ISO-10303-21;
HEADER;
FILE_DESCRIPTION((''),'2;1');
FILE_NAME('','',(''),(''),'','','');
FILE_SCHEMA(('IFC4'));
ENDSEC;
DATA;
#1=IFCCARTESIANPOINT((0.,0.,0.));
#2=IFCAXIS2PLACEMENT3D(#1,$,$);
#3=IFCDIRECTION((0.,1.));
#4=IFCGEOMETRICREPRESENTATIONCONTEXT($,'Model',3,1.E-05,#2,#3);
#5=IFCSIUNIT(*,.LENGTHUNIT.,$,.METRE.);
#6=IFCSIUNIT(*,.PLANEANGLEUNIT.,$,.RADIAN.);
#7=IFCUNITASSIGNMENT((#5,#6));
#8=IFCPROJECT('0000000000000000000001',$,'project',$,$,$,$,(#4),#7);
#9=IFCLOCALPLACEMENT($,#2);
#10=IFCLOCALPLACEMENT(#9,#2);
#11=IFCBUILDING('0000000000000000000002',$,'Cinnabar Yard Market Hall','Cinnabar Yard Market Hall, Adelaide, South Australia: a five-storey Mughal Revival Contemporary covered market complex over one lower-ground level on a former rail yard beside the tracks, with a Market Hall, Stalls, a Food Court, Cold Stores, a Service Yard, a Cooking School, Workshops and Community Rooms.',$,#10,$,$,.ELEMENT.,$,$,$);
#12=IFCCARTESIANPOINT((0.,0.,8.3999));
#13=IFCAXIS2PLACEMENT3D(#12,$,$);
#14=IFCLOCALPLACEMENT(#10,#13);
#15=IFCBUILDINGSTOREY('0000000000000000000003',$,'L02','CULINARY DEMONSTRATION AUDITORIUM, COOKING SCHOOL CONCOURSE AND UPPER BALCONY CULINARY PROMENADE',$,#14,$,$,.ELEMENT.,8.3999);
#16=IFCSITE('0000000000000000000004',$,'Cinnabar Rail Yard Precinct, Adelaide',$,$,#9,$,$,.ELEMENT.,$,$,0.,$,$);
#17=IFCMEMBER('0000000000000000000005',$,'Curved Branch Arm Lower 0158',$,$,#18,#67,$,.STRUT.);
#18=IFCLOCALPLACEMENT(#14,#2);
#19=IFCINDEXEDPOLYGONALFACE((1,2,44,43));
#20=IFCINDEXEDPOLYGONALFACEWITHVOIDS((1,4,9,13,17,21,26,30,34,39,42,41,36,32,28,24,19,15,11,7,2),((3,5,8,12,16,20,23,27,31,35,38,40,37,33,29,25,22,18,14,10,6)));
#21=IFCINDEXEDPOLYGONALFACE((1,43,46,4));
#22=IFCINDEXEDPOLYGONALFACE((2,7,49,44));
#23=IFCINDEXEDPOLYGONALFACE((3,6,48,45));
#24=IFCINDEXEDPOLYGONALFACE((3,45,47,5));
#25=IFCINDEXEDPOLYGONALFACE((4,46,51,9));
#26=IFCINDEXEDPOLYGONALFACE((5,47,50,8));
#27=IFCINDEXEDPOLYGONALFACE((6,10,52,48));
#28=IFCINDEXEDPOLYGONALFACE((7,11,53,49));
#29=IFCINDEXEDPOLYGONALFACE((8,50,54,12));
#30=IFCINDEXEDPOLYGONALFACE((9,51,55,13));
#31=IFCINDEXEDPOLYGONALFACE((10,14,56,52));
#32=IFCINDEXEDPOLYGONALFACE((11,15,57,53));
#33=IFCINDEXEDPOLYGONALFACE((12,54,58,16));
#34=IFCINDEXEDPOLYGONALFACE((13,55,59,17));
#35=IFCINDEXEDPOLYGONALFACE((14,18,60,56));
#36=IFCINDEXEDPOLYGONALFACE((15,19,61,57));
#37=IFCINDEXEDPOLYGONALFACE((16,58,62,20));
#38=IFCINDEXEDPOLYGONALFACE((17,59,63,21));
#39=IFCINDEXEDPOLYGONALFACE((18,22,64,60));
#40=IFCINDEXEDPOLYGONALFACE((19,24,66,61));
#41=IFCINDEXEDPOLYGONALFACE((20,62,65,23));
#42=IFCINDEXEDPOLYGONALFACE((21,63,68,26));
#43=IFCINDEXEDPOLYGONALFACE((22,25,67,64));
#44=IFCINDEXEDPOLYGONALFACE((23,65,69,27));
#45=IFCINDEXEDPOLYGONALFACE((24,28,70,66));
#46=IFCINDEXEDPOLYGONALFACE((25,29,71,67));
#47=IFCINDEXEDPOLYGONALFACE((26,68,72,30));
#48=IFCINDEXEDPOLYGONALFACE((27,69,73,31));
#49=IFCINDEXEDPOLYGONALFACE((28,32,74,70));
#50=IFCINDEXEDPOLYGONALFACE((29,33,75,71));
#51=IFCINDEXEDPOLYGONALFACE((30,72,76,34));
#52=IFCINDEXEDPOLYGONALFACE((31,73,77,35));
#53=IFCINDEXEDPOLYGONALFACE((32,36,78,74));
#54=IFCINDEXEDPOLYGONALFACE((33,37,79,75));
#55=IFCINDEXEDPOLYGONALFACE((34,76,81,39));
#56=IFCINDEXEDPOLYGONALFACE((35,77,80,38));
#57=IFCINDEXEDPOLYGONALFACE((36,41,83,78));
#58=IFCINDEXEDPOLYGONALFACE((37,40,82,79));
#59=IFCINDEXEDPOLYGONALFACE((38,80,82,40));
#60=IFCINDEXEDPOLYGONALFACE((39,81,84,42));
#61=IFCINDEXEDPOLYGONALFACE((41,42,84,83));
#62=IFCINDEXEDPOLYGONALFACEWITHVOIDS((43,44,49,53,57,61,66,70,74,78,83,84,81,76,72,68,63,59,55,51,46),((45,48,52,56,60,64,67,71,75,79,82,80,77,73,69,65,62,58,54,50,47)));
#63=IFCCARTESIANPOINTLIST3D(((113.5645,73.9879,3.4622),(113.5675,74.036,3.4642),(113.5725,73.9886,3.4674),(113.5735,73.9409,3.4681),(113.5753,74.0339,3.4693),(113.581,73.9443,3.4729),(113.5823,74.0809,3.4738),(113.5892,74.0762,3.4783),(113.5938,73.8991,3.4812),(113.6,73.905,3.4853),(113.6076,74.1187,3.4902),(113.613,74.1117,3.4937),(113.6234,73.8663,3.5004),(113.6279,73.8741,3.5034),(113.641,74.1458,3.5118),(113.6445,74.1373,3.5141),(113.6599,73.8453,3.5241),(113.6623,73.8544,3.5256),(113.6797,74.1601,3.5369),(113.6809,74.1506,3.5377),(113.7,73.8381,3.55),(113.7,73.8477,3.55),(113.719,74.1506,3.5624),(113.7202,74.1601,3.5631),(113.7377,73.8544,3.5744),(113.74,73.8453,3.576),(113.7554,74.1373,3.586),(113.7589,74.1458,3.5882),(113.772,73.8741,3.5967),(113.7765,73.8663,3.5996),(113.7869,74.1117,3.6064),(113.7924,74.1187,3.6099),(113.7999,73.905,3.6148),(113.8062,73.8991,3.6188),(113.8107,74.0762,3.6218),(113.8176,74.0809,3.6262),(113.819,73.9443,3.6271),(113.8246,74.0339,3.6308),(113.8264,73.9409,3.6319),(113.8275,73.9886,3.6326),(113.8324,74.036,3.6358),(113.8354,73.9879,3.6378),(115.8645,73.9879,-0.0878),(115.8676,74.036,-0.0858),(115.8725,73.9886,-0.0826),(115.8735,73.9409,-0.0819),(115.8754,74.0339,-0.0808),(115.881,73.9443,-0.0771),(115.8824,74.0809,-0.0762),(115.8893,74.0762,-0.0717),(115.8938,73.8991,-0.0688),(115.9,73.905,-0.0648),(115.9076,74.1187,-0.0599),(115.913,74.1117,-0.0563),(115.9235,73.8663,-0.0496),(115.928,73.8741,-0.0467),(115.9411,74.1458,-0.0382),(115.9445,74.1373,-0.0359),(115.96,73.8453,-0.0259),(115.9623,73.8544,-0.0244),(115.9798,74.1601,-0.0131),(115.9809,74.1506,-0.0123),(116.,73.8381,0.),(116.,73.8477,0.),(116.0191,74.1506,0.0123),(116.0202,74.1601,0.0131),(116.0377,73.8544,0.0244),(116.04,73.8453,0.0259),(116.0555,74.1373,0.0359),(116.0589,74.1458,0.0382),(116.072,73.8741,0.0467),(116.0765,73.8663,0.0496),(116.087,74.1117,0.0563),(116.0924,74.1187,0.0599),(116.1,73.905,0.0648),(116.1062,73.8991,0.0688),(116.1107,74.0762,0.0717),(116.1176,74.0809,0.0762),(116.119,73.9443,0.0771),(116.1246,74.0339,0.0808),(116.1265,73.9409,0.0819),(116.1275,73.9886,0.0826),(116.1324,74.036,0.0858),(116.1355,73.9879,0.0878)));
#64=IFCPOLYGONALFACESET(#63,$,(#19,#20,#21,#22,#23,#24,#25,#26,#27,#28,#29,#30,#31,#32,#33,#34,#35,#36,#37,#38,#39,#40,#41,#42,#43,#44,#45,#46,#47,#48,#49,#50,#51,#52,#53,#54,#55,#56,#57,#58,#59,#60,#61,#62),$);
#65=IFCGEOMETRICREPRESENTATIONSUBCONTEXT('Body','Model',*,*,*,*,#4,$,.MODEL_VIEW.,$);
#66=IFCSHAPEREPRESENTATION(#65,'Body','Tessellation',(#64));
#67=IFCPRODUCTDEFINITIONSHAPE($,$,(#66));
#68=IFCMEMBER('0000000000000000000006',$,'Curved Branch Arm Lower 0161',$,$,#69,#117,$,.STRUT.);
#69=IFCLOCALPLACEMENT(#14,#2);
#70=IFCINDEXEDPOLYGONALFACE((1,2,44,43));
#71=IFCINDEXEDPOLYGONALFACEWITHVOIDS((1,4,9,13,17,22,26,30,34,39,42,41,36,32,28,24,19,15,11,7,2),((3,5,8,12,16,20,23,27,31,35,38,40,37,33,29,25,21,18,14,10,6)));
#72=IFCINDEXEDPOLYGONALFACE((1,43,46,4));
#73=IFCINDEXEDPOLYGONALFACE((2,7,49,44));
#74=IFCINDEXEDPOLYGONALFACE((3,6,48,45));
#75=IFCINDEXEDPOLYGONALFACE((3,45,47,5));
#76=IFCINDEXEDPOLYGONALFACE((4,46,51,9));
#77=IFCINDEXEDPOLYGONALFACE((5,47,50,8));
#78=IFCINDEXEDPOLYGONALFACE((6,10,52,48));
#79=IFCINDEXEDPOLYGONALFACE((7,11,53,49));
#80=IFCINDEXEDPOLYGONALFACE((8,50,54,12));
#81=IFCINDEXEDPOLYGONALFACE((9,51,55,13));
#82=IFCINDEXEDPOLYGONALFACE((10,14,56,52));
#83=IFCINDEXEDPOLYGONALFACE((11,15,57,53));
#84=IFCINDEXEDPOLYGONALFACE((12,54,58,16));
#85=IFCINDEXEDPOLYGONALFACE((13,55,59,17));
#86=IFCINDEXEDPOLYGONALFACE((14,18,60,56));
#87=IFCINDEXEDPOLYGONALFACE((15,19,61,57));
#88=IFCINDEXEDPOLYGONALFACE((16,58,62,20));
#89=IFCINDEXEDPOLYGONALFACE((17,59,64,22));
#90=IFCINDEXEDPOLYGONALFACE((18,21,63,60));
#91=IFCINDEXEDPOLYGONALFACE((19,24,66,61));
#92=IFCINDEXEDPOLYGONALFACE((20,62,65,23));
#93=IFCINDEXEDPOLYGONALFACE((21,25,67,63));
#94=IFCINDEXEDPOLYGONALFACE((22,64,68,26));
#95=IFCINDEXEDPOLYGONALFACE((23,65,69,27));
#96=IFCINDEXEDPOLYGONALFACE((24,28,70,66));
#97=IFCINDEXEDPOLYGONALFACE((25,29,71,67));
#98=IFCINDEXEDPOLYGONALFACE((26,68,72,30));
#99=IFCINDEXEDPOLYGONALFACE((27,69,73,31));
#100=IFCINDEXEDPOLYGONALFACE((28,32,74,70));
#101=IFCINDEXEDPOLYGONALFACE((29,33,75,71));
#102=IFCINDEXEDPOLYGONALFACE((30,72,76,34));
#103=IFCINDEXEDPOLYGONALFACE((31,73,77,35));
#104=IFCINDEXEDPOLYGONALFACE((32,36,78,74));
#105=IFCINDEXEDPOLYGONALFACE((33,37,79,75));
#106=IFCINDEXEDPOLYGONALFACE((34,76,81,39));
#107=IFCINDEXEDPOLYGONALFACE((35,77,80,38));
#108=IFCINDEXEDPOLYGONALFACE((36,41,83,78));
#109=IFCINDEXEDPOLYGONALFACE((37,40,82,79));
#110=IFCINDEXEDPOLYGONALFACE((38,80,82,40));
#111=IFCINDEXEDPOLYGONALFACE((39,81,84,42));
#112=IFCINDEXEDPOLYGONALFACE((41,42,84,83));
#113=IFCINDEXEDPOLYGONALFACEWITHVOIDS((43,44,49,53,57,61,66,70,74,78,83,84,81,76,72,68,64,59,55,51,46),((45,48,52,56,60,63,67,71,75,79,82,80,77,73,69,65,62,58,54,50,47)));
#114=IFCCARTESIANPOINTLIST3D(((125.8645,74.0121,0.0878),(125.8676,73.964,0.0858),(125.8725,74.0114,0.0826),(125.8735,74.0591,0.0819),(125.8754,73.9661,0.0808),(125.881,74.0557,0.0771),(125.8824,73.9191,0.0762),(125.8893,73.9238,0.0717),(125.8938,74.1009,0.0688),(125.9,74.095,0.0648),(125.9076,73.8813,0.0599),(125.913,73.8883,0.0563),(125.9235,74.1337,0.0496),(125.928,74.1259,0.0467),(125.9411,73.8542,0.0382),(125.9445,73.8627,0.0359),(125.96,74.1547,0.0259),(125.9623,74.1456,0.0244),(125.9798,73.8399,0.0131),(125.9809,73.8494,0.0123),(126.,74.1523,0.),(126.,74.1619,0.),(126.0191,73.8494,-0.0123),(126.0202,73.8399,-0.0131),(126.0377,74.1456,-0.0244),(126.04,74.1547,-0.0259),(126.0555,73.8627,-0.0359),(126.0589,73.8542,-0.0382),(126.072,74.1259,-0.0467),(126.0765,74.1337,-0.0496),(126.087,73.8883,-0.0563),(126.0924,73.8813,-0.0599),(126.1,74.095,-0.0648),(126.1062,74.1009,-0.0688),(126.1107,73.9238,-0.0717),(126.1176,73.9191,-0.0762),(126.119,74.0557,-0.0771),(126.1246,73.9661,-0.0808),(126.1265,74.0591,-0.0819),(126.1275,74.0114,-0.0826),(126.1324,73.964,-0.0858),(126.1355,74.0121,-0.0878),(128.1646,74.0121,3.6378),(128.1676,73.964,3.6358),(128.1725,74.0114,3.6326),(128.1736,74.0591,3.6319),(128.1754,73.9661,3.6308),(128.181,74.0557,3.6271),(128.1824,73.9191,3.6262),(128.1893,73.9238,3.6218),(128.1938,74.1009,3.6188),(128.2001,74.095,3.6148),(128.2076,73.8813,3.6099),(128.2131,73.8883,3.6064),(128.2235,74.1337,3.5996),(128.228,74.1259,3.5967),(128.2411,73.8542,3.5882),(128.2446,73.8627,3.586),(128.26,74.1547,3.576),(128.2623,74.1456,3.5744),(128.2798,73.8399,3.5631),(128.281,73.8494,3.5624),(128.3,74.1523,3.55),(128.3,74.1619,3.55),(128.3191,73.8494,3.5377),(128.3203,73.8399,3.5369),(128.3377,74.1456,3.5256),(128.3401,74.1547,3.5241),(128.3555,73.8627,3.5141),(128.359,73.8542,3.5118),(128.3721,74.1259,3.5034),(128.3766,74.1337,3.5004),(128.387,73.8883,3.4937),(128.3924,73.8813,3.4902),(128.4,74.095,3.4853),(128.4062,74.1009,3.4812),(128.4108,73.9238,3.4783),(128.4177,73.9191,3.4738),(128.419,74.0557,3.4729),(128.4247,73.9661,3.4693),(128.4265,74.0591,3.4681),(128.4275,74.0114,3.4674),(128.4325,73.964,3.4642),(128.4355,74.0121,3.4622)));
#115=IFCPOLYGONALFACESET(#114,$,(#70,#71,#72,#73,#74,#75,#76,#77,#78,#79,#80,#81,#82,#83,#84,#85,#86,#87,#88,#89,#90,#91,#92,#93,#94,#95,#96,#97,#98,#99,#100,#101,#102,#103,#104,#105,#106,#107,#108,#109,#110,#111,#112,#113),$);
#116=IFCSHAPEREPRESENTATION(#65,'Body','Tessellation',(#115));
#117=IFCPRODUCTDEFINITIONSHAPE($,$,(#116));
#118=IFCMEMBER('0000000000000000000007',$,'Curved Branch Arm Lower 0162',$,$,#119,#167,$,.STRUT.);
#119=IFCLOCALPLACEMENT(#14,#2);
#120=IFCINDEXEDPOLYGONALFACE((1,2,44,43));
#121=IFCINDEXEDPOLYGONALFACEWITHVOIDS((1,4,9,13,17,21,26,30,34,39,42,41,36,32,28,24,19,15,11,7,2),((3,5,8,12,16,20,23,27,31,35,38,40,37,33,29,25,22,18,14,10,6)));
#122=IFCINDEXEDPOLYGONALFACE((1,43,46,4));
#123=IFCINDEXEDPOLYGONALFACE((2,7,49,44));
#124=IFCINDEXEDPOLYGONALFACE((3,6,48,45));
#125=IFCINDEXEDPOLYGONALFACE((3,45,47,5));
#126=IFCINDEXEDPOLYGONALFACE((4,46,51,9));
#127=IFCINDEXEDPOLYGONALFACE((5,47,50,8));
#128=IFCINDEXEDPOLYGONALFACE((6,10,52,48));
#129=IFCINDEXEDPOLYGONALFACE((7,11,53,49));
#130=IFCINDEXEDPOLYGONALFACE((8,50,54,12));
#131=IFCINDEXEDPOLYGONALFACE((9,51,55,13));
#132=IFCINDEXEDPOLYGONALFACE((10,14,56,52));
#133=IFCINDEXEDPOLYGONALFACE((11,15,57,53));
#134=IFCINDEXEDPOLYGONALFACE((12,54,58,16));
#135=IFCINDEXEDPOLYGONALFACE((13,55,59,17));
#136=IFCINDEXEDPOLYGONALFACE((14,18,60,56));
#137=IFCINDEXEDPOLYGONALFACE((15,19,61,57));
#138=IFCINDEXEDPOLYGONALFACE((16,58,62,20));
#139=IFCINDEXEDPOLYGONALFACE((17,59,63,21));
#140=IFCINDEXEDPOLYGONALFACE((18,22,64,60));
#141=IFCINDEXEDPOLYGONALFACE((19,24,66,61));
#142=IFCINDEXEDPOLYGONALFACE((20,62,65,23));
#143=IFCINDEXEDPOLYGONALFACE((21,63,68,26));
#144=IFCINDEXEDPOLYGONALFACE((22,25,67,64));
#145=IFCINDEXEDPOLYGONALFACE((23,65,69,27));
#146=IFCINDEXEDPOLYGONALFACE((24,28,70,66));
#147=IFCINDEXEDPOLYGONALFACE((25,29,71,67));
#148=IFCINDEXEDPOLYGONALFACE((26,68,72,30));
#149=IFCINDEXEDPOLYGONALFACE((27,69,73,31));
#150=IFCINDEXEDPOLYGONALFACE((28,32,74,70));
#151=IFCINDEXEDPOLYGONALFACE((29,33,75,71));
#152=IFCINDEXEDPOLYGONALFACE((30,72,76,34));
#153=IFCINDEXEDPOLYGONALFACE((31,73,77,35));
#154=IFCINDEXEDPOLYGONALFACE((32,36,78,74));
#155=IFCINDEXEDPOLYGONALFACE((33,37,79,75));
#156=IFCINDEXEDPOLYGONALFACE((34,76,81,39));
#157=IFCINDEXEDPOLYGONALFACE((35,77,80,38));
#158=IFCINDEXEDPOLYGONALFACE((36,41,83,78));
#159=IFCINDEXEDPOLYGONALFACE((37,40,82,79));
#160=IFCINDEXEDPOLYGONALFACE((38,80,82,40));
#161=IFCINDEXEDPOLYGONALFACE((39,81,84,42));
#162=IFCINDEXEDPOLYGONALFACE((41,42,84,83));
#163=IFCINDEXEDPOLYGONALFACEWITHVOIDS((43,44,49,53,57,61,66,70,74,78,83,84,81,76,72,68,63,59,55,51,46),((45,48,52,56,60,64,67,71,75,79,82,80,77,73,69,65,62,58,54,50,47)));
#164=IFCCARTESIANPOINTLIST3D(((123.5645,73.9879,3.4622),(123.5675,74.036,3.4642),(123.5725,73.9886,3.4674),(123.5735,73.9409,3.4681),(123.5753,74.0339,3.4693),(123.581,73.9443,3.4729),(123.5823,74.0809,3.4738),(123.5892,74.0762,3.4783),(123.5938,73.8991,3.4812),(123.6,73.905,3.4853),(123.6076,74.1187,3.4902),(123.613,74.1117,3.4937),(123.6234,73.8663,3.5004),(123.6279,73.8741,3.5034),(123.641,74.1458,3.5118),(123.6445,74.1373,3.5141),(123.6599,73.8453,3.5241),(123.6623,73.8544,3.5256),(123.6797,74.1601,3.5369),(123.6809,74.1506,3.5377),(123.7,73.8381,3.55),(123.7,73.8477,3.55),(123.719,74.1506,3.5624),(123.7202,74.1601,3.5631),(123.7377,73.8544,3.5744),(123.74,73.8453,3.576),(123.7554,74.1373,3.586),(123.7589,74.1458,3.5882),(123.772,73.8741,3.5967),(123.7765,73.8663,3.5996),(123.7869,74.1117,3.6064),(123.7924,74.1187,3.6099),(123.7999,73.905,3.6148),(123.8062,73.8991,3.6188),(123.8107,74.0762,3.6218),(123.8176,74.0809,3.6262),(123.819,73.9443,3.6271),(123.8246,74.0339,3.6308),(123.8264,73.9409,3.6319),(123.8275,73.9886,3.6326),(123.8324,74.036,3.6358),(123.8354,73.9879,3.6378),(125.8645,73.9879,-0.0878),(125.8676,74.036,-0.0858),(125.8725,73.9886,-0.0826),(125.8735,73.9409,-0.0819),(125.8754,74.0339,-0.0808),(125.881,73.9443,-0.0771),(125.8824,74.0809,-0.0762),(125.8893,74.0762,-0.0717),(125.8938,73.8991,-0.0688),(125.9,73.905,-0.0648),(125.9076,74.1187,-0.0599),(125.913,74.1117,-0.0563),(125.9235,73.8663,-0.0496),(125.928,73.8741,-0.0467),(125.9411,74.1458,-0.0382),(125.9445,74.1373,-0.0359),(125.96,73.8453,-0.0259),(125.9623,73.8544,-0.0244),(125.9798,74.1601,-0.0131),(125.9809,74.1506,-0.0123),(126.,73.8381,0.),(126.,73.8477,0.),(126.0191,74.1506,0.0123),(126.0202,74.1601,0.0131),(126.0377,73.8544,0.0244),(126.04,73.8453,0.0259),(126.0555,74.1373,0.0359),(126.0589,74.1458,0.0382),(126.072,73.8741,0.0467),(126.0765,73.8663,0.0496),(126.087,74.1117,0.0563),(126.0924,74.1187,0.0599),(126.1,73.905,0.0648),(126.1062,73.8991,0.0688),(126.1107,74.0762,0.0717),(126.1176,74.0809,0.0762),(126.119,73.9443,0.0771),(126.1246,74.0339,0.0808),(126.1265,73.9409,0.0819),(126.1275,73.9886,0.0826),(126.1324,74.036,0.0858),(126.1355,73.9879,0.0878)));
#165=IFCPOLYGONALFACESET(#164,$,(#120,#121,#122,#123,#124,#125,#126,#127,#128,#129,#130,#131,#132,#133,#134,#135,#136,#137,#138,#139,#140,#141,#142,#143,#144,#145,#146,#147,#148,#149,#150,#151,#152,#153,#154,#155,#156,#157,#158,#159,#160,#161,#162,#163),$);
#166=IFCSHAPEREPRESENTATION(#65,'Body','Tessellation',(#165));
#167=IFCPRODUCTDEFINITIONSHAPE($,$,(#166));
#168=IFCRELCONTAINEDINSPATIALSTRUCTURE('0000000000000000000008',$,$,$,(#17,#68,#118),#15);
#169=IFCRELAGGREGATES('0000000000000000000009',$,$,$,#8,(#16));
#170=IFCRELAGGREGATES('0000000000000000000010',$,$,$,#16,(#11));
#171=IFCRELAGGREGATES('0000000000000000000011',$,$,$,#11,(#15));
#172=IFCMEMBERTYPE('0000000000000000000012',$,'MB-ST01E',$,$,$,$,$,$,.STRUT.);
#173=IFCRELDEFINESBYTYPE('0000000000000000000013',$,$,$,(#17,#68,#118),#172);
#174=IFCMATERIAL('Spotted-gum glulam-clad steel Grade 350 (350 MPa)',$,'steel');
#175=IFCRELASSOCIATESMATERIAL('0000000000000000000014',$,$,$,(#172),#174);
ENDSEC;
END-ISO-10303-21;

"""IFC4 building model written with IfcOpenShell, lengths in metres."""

from ifc_helpers import new_model, si_unit, direction, frame, origin, origin_2d_with_axis, place, context, subcontext, project, spatial, hollow_circle, extrude, material, material_profile, profile_set, type_object, element, save


model = new_model("IFC4")

# Units and contexts
model_context = context("Model", 3, precision=1e-05, world=origin(), true_north=direction((0.0, 1.0)))
body_context = subcontext(model_context, "Body", "Model", "MODEL_VIEW")
ifc_project = project(units=[si_unit("LENGTHUNIT", "METRE"), si_unit("PLANEANGLEUNIT", "RADIAN")], contexts=[model_context])

# Site, building, storey
site_placement = place(None, origin())
site = spatial("IfcSite", under=ifc_project, at=site_placement, Name="Cinnabar Rail Yard Precinct, Adelaide", CompositionType="ELEMENT", RefElevation=0.0)
building_placement = place(site_placement, origin())
building = spatial("IfcBuilding", under=site, at=building_placement, Name="Cinnabar Yard Market Hall", Description="Cinnabar Yard Market Hall, Adelaide, South Australia: a five-storey Mughal Revival Contemporary covered market complex over one lower-ground level on a former rail yard beside the tracks, with a Market Hall, Stalls, a Food Court, Cold Stores, a Service Yard, a Cooking School, Workshops and Community Rooms.", CompositionType="ELEMENT")
storey_placement = place(building_placement, frame((0.0, 0.0, 8.3999)))
storey = spatial("IfcBuildingStorey", under=building, at=storey_placement, Name="L02", Description="CULINARY DEMONSTRATION AUDITORIUM, COOKING SCHOOL CONCOURSE AND UPPER BALCONY CULINARY PROMENADE", CompositionType="ELEMENT", Elevation=8.3999)

# Shared definitions
ifc_material_1 = material(Name="Spotted-gum glulam-clad steel Grade 350 (350 MPa)", Category="steel")

# Members
ifc_material_profile_1 = material_profile(ifc_material_1, hollow_circle(Radius=0.1619, WallThickness=0.0095, at=origin_2d_with_axis()), Name="323.9x9.5CHS")
ifc_profile_set_1 = profile_set([ifc_material_profile_1], Name="Spotted-gum glulam-clad steel Grade 350 (350 MPa)")
member_type_1 = type_object("IfcMemberType", Name="MB-ST01E", PredefinedType="STRUT", material=ifc_profile_set_1)
for number, where, z_axis, x_axis, name in (
    (1, (116.0, 74.0, 0.0), (-0.543744, 0.0, 0.839251), (0.0, -1.0, 0.0), "Curved Branch Arm Lower 0158"),
    (2, (126.0, 74.0, 0.0), (0.543744, 0.0, 0.839251), (0.0, 1.0, 0.0), "Curved Branch Arm Lower 0161"),
    (3, (126.0, 74.0, 0.0), (-0.543744, 0.0, 0.839251), (0.0, -1.0, 0.0), "Curved Branch Arm Lower 0162"),
):
    element("IfcMember", number, at=place(storey_placement, frame(where, z_axis=z_axis, x_axis=x_axis)), inside=storey, type_object=member_type_1, Name=name, PredefinedType="STRUT", context=body_context, shape_type="SweptSolid", body=[
        extrude(hollow_circle(Radius=0.1619, WallThickness=0.0095, at=origin_2d_with_axis()), origin(), (0.0, 0.0, 1.0), 4.23),
    ])

save(model, "model.ifc")
